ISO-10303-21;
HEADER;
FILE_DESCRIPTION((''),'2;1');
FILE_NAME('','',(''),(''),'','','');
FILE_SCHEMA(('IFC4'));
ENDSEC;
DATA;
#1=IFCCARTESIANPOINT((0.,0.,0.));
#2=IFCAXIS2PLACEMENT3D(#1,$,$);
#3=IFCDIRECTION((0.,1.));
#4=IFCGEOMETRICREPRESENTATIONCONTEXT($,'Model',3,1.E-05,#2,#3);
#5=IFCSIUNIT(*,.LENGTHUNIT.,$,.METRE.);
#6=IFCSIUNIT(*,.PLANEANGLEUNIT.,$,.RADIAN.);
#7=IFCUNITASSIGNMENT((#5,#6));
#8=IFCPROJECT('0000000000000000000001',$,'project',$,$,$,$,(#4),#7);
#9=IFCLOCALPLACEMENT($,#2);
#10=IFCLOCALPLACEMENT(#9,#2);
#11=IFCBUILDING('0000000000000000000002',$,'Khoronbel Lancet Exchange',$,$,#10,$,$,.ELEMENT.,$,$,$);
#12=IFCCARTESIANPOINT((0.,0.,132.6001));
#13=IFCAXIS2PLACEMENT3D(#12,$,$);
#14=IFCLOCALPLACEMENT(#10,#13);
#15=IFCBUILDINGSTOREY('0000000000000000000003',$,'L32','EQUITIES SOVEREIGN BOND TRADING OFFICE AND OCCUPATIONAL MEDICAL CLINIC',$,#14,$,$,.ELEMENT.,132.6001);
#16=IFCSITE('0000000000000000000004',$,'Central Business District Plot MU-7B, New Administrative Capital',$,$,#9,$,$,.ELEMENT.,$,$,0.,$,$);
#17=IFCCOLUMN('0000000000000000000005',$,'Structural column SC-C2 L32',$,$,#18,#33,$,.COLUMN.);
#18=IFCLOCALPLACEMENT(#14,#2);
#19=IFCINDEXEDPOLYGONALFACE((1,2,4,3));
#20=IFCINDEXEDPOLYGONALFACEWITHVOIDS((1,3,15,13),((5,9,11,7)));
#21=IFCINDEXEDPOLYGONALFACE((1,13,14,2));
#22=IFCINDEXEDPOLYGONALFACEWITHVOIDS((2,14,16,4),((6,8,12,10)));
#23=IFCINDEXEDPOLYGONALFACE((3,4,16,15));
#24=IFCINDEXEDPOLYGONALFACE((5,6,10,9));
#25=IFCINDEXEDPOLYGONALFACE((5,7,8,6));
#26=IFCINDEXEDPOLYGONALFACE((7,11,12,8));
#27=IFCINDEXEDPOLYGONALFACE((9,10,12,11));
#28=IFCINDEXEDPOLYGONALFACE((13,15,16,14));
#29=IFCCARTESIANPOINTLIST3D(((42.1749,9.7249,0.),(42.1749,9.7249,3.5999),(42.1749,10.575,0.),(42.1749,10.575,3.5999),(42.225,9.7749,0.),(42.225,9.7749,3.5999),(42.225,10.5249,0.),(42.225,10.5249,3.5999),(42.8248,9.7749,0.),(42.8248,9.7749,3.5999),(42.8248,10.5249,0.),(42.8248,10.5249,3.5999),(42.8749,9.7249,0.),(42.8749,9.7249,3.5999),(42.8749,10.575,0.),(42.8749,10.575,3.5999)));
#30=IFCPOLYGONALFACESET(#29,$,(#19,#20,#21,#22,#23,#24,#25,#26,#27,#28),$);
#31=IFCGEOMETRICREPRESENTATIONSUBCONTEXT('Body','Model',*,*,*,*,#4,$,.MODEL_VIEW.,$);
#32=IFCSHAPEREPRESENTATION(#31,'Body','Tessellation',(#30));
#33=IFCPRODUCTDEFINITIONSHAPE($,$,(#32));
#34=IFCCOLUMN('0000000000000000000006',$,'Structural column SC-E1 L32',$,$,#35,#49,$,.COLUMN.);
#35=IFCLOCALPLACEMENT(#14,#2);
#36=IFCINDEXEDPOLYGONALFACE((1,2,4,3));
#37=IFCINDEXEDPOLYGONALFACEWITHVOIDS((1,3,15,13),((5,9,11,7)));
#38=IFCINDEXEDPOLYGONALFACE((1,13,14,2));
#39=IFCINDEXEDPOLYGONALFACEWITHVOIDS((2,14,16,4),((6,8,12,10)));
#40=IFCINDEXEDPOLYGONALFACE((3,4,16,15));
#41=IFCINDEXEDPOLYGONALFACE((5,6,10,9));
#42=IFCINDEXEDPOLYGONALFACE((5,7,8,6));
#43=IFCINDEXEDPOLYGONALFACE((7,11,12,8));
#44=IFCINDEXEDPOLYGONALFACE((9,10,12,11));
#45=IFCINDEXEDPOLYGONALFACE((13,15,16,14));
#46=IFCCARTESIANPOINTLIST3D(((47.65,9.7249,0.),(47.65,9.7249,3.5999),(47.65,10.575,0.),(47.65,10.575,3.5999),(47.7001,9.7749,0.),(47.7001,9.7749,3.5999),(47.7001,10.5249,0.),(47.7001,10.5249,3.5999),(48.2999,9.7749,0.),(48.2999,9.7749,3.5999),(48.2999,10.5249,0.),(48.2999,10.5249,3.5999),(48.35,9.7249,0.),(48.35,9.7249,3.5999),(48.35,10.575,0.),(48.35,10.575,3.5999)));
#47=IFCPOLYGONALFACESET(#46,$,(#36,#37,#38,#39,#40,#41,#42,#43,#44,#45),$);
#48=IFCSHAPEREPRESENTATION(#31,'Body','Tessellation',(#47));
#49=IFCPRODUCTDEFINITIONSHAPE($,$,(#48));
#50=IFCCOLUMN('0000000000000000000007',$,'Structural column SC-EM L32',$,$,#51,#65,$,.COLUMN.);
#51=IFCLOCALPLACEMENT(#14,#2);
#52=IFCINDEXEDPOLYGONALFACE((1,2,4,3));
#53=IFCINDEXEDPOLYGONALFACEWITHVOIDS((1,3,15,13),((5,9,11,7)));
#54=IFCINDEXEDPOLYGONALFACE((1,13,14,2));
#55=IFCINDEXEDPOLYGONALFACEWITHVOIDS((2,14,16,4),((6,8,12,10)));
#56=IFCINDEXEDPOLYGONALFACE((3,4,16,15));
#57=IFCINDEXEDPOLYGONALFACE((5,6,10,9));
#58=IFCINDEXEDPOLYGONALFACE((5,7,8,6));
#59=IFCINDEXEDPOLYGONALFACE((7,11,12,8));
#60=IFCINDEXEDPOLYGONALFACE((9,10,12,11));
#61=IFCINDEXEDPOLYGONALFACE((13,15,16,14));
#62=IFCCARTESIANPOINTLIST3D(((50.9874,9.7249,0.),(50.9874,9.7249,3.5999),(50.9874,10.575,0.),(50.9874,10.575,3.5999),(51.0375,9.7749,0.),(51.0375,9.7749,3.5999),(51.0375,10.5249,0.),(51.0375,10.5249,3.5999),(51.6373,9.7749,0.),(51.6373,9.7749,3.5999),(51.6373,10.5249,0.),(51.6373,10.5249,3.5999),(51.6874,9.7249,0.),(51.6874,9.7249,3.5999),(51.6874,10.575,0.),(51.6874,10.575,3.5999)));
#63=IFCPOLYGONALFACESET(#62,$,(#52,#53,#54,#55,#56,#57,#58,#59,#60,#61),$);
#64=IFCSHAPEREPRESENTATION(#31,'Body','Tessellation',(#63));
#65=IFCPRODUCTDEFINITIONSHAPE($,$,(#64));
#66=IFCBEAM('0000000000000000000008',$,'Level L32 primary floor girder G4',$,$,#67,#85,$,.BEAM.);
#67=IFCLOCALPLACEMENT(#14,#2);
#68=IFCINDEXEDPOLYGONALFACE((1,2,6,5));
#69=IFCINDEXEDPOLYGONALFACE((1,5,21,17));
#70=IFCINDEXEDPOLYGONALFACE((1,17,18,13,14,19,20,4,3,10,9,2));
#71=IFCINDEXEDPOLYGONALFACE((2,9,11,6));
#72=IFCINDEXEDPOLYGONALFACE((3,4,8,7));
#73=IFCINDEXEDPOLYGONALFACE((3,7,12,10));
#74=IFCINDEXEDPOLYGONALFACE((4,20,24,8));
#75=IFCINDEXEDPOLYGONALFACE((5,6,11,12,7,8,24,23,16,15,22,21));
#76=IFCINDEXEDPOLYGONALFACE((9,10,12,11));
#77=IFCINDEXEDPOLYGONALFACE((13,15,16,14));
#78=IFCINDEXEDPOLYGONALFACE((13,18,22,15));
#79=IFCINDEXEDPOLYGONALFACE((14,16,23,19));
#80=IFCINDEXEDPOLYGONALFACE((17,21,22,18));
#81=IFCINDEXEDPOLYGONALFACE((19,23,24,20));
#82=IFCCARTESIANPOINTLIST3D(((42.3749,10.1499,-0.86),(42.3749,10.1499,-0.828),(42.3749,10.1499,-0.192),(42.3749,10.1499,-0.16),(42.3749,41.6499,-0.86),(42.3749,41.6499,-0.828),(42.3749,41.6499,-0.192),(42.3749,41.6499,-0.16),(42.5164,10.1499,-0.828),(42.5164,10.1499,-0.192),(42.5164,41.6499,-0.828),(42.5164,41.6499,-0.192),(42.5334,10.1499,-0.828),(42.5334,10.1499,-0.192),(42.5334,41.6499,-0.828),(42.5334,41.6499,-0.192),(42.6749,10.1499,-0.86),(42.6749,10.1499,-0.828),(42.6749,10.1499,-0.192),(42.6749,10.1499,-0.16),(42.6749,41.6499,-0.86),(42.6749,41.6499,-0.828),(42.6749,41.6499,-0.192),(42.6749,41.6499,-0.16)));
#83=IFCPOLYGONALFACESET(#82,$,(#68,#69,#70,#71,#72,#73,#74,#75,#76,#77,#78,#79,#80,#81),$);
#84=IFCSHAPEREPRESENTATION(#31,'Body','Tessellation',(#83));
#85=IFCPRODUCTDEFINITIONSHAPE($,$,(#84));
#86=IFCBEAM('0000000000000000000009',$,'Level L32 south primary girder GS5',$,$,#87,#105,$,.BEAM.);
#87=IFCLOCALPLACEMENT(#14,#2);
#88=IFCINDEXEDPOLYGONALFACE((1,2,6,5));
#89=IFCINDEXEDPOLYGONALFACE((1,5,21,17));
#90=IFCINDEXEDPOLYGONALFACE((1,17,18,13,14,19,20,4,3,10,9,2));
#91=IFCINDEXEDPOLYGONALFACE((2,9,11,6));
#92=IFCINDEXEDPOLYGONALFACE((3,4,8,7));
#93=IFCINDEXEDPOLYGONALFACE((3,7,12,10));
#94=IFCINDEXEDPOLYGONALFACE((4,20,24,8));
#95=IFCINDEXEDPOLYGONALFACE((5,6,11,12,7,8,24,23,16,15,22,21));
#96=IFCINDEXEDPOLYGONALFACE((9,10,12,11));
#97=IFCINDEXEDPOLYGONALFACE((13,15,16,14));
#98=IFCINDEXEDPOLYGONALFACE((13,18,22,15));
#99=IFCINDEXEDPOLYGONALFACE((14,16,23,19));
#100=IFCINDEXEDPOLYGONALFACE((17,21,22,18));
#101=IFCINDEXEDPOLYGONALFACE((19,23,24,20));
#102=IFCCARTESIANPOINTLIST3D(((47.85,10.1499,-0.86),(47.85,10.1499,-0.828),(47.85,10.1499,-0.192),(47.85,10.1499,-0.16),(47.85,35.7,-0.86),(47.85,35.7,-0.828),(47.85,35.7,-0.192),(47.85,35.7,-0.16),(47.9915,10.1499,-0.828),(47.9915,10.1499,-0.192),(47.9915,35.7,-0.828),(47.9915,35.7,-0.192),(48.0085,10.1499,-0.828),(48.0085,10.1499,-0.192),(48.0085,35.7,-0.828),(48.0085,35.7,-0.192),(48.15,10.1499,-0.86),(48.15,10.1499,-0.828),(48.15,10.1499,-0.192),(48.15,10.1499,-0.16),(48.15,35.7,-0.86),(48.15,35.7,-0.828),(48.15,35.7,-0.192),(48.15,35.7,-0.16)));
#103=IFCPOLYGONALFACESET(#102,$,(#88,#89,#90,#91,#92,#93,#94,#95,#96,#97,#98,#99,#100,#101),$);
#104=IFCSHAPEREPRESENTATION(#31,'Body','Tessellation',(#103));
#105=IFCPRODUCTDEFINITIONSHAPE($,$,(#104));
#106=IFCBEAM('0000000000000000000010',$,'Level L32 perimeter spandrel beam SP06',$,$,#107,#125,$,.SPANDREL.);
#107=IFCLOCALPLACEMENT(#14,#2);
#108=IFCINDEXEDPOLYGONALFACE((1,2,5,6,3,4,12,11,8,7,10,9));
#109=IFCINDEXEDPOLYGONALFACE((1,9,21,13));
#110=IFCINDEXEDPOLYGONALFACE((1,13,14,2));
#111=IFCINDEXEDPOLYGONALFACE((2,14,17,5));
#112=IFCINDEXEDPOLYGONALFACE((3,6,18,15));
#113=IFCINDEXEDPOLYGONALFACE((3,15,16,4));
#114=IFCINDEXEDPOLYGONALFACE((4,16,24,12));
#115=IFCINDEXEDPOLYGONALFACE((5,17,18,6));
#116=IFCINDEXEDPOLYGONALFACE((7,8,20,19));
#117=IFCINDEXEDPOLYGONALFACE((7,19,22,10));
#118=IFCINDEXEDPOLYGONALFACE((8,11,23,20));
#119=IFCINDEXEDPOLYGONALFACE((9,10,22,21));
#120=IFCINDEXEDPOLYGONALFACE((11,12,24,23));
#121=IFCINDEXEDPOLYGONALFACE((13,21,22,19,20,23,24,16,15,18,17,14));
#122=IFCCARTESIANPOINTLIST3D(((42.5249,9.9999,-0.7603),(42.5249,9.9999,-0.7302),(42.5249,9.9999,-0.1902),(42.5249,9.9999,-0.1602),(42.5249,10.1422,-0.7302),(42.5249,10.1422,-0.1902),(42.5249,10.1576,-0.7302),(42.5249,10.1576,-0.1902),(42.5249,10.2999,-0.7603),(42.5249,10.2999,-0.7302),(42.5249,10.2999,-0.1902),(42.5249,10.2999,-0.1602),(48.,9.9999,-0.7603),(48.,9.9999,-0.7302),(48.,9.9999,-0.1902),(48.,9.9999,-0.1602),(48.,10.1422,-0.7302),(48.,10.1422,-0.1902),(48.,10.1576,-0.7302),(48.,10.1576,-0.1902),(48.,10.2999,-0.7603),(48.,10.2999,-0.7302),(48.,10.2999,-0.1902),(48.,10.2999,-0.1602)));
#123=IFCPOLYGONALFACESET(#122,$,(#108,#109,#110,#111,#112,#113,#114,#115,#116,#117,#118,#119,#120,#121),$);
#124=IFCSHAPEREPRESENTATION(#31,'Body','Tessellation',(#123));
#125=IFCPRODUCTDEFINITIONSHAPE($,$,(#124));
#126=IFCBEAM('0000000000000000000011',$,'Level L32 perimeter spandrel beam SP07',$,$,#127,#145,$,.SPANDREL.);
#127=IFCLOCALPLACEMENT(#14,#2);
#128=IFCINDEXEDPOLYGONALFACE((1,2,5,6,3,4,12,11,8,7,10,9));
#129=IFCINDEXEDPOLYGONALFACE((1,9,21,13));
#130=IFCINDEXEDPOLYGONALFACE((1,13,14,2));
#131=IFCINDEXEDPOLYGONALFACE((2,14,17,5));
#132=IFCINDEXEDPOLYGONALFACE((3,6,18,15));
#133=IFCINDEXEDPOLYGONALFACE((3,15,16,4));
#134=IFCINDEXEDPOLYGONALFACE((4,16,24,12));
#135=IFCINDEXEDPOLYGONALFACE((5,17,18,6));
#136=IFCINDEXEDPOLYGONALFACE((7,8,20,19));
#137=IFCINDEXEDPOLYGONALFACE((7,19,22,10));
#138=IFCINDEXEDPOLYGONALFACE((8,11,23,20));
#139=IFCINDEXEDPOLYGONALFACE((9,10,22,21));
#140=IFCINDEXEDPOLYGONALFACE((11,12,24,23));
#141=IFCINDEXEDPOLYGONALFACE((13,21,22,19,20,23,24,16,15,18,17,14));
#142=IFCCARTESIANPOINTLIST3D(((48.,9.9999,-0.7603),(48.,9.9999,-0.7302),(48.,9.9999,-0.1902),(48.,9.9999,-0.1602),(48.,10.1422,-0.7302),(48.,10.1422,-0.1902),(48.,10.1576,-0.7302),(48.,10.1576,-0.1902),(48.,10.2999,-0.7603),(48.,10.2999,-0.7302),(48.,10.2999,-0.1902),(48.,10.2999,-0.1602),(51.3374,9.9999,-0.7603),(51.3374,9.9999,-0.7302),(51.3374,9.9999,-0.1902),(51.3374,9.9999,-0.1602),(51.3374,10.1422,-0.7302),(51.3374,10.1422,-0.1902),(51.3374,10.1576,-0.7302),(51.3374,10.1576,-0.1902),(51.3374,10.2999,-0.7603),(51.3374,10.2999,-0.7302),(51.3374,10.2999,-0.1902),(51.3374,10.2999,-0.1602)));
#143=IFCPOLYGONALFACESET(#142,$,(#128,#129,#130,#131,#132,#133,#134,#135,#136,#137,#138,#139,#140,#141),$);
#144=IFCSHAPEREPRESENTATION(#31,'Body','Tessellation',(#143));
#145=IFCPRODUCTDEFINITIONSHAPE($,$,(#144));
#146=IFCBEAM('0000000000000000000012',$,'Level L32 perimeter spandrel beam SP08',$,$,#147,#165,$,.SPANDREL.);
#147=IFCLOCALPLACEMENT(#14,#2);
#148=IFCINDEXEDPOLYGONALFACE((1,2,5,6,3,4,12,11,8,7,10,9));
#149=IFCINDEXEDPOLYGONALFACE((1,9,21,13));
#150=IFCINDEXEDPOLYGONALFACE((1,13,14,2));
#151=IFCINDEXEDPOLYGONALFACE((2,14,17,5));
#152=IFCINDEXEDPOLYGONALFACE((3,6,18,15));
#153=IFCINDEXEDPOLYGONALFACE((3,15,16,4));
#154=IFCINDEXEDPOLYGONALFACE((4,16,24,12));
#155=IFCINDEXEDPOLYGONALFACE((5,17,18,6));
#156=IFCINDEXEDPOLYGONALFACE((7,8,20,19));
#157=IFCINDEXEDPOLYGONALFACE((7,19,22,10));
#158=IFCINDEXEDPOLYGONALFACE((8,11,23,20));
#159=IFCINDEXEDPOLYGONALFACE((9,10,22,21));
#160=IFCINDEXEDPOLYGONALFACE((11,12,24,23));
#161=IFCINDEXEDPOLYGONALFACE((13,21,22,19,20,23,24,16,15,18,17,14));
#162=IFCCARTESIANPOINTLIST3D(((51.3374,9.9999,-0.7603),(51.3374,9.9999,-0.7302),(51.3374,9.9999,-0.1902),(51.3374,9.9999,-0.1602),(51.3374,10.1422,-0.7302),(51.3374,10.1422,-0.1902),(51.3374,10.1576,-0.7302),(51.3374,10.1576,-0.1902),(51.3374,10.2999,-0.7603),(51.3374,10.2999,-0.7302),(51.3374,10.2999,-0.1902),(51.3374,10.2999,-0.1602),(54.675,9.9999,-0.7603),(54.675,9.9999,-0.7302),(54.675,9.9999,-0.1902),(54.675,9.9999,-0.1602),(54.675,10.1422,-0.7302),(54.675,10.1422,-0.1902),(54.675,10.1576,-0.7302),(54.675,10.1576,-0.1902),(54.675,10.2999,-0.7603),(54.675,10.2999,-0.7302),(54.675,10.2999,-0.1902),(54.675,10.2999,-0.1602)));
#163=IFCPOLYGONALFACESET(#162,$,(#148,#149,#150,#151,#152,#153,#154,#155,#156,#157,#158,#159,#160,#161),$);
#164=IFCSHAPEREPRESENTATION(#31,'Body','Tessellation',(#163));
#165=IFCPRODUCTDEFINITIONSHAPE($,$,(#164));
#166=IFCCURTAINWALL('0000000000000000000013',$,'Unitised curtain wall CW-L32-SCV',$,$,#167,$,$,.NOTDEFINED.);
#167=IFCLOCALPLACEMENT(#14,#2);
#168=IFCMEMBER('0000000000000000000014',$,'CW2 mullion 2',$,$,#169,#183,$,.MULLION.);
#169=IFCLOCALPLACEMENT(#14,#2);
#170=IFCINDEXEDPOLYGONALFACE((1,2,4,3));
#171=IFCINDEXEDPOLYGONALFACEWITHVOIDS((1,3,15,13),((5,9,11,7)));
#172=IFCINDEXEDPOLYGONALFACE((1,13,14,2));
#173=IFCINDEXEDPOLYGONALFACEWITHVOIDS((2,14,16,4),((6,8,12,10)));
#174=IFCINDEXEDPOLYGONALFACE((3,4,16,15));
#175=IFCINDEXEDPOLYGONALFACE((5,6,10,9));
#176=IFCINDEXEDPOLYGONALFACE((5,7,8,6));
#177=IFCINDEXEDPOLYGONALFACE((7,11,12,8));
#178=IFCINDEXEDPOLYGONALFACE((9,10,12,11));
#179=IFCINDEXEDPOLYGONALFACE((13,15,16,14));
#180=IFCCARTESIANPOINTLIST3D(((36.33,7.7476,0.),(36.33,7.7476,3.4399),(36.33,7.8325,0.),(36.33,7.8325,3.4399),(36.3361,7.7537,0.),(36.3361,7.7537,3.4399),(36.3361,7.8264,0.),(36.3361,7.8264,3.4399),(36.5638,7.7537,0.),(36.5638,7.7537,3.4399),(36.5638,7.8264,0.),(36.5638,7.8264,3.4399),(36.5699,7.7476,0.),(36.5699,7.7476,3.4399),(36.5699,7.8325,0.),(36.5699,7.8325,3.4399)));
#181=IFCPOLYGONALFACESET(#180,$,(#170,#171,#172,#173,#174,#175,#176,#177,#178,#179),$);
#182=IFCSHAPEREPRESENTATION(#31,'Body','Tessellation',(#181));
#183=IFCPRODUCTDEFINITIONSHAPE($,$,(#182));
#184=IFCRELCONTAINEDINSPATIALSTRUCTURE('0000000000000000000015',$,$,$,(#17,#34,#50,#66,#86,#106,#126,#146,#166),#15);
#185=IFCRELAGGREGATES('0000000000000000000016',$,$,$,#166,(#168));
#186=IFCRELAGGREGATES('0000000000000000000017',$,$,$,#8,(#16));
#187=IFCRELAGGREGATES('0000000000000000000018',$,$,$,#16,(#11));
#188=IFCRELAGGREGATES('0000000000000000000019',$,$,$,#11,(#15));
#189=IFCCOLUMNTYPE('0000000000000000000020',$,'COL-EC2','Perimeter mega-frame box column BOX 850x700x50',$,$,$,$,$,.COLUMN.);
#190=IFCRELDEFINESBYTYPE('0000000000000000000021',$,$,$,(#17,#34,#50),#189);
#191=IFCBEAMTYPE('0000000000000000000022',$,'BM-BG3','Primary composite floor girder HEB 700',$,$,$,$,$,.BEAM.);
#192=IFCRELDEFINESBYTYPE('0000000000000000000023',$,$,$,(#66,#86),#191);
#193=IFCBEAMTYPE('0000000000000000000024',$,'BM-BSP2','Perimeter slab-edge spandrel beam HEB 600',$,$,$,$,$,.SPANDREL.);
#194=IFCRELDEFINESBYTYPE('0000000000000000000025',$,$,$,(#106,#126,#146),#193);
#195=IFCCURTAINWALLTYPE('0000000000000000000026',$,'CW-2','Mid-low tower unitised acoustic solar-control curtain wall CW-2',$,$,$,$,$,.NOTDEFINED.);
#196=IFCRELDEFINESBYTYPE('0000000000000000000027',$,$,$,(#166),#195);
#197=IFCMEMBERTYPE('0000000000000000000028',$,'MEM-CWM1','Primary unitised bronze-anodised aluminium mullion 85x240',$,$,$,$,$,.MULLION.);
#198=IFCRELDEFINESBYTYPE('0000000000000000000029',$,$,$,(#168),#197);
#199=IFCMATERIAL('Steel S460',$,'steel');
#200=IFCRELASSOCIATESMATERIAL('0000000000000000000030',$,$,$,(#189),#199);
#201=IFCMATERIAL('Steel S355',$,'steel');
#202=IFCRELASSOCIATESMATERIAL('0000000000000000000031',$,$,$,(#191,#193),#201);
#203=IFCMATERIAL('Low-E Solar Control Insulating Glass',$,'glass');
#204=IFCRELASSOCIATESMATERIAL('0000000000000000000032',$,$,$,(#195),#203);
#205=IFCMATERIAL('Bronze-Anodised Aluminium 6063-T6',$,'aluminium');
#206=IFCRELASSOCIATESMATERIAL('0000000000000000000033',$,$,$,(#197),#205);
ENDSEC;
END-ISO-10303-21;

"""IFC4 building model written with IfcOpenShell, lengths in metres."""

from ifc_helpers import new_model, si_unit, direction, frame, origin, origin_2d, place, context, subcontext, project, spatial, hollow_rectangle, i_section, extrude, material, material_profile, profile_set, type_object, element, aggregate, save


model = new_model("IFC4")

# Units and contexts
model_context = context("Model", 3, precision=1e-05, world=origin(), true_north=direction((0.0, 1.0)))
body_context = subcontext(model_context, "Body", "Model", "MODEL_VIEW")
ifc_project = project(units=[si_unit("LENGTHUNIT", "METRE"), si_unit("PLANEANGLEUNIT", "RADIAN")], contexts=[model_context])

# Site, building, storey
site_placement = place(None, origin())
site = spatial("IfcSite", under=ifc_project, at=site_placement, Name="Central Business District Plot MU-7B, New Administrative Capital", CompositionType="ELEMENT", RefElevation=0.0)
building_placement = place(site_placement, origin())
building = spatial("IfcBuilding", under=site, at=building_placement, Name="Khoronbel Lancet Exchange", CompositionType="ELEMENT")
storey_placement = place(building_placement, frame((0.0, 0.0, 132.6001)))
storey = spatial("IfcBuildingStorey", under=building, at=storey_placement, Name="L32", Description="EQUITIES SOVEREIGN BOND TRADING OFFICE AND OCCUPATIONAL MEDICAL CLINIC", CompositionType="ELEMENT", Elevation=132.6001)

# Columns
ifc_material_1 = material(Name="Steel S460", Category="steel")
ifc_material_profile_1 = material_profile(ifc_material_1, hollow_rectangle(XDim=0.7, YDim=0.8501, WallThickness=0.05, at=origin_2d()), Name="BOX 850x700x50")
ifc_profile_set_1 = profile_set([ifc_material_profile_1], Name="Steel S460")
column_type = type_object("IfcColumnType", Name="COL-EC2", Description="Perimeter mega-frame box column BOX 850x700x50", PredefinedType="COLUMN", material=ifc_profile_set_1)
for number, where, z_axis, x_axis, name in (
    (1, (42.5249, 10.1499, 0.0), (0.0, 0.0, 1.0), (1.0, 0.0, 0.0), "Structural column SC-C2 L32"),
    (2, (48.0, 10.1499, 0.0), (0.0, 0.0, 1.0), (1.0, 0.0, 0.0), "Structural column SC-E1 L32"),
    (3, (51.3374, 10.1499, 0.0), (0.0, 0.0, 1.0), (1.0, 0.0, 0.0), "Structural column SC-EM L32"),
):
    element("IfcColumn", number, at=place(storey_placement, frame(where, z_axis=z_axis, x_axis=x_axis)), inside=storey, type_object=column_type, Name=name, PredefinedType="COLUMN", context=body_context, shape_type="SweptSolid", body=[
        extrude(hollow_rectangle(XDim=0.7, YDim=0.8501, WallThickness=0.05, at=origin_2d()), origin(), (0.0, 0.0, 1.0), 3.5999),
    ])

# Beams
ifc_material_2 = material(Name="Steel S355", Category="steel")
ifc_material_profile_2 = material_profile(ifc_material_2, i_section(OverallWidth=0.3, OverallDepth=0.7, WebThickness=0.0171, FlangeThickness=0.032, at=origin_2d()), Name="HEB 700")
ifc_profile_set_2 = profile_set([ifc_material_profile_2], Name="Steel S355")
beam_type_1 = type_object("IfcBeamType", Name="BM-BG3", Description="Primary composite floor girder HEB 700", PredefinedType="BEAM", material=ifc_profile_set_2)
beam_1_placement = place(storey_placement, frame((42.5249, 10.1499, -0.51), z_axis=(0.0, 1.0, 0.0), x_axis=(-1.0, 0.0, 0.0)))
element("IfcBeam", 4, at=beam_1_placement, inside=storey, type_object=beam_type_1, Name="Level L32 primary floor girder G4", PredefinedType="BEAM", context=body_context, shape_type="SweptSolid", body=[
    extrude(i_section(OverallWidth=0.3, OverallDepth=0.7, WebThickness=0.0171, FlangeThickness=0.032, at=origin_2d()), origin(), (0.0, 0.0, 1.0), 31.5),
])
beam_2_placement = place(storey_placement, frame((48.0, 10.1499, -0.51), z_axis=(0.0, 1.0, 0.0), x_axis=(-1.0, 0.0, 0.0)))
element("IfcBeam", 5, at=beam_2_placement, inside=storey, type_object=beam_type_1, Name="Level L32 south primary girder GS5", PredefinedType="BEAM", context=body_context, shape_type="SweptSolid", body=[
    extrude(i_section(OverallWidth=0.3, OverallDepth=0.7, WebThickness=0.0171, FlangeThickness=0.032, at=origin_2d()), origin(), (0.0, 0.0, 1.0), 25.55),
])
ifc_material_profile_3 = material_profile(ifc_material_2, i_section(OverallWidth=0.3, OverallDepth=0.6001, WebThickness=0.0154, FlangeThickness=0.03, at=origin_2d()), Name="HEB 600")
ifc_profile_set_3 = profile_set([ifc_material_profile_3], Name="Steel S355")
beam_type_2 = type_object("IfcBeamType", Name="BM-BSP2", Description="Perimeter slab-edge spandrel beam HEB 600", PredefinedType="SPANDREL", material=ifc_profile_set_3)
beam_3_placement = place(storey_placement, frame((42.5249, 10.1499, -0.4602), z_axis=(1.0, 0.0, 0.0), x_axis=(0.0, 1.0, 0.0)))
element("IfcBeam", 6, at=beam_3_placement, inside=storey, type_object=beam_type_2, Name="Level L32 perimeter spandrel beam SP06", PredefinedType="SPANDREL", context=body_context, shape_type="SweptSolid", body=[
    extrude(i_section(OverallWidth=0.3, OverallDepth=0.6001, WebThickness=0.0154, FlangeThickness=0.03, at=origin_2d()), origin(), (0.0, 0.0, 1.0), 5.4751),
])
beam_4_placement = place(storey_placement, frame((48.0, 10.1499, -0.4602), z_axis=(1.0, 0.0, 0.0), x_axis=(0.0, 1.0, 0.0)))
element("IfcBeam", 7, at=beam_4_placement, inside=storey, type_object=beam_type_2, Name="Level L32 perimeter spandrel beam SP07", PredefinedType="SPANDREL", context=body_context, shape_type="SweptSolid", body=[
    extrude(i_section(OverallWidth=0.3, OverallDepth=0.6001, WebThickness=0.0154, FlangeThickness=0.03, at=origin_2d()), origin(), (0.0, 0.0, 1.0), 3.3374),
])
beam_5_placement = place(storey_placement, frame((51.3374, 10.1499, -0.4602), z_axis=(1.0, 0.0, 0.0), x_axis=(0.0, 1.0, 0.0)))
element("IfcBeam", 8, at=beam_5_placement, inside=storey, type_object=beam_type_2, Name="Level L32 perimeter spandrel beam SP08", PredefinedType="SPANDREL", context=body_context, shape_type="SweptSolid", body=[
    extrude(i_section(OverallWidth=0.3, OverallDepth=0.6001, WebThickness=0.0154, FlangeThickness=0.03, at=origin_2d()), origin(), (0.0, 0.0, 1.0), 3.3376),
])

# Curtain wall, member
ifc_material_3 = material(Name="Low-E Solar Control Insulating Glass", Category="glass")
curtain_wall_type = type_object("IfcCurtainWallType", Name="CW-2", Description="Mid-low tower unitised acoustic solar-control curtain wall CW-2", PredefinedType="NOTDEFINED", material=ifc_material_3)
curtain_wall_1_placement = place(storey_placement, origin())
curtain_wall_1 = element("IfcCurtainWall", 9, at=curtain_wall_1_placement, inside=storey, type_object=curtain_wall_type, Name="Unitised curtain wall CW-L32-SCV", PredefinedType="NOTDEFINED")
ifc_material_4 = material(Name="Bronze-Anodised Aluminium 6063-T6", Category="aluminium")
ifc_material_profile_4 = material_profile(ifc_material_4, hollow_rectangle(XDim=0.085, YDim=0.24, WallThickness=0.0061, at=origin_2d()), Name="ALU MULLION 85x240")
ifc_profile_set_4 = profile_set([ifc_material_profile_4], Name="Bronze-Anodised Aluminium 6063-T6")
member_type_1 = type_object("IfcMemberType", Name="MEM-CWM1", Description="Primary unitised bronze-anodised aluminium mullion 85x240", PredefinedType="MULLION", material=ifc_profile_set_4)
member_1_placement = place(storey_placement, frame((36.45, 7.79, 0.0), z_axis=(0.0, 0.0, 1.0), x_axis=(0.0, 1.0, 0.0)))
member_1 = element("IfcMember", 10, at=member_1_placement, type_object=member_type_1, Name="CW2 mullion 2", PredefinedType="MULLION", context=body_context, shape_type="SweptSolid", body=[
    extrude(hollow_rectangle(XDim=0.085, YDim=0.24, WallThickness=0.0061, at=origin_2d()), origin(), (0.0, 0.0, 1.0), 3.4399),
])

aggregate(curtain_wall_1, [member_1])

save(model, "model.ifc")
